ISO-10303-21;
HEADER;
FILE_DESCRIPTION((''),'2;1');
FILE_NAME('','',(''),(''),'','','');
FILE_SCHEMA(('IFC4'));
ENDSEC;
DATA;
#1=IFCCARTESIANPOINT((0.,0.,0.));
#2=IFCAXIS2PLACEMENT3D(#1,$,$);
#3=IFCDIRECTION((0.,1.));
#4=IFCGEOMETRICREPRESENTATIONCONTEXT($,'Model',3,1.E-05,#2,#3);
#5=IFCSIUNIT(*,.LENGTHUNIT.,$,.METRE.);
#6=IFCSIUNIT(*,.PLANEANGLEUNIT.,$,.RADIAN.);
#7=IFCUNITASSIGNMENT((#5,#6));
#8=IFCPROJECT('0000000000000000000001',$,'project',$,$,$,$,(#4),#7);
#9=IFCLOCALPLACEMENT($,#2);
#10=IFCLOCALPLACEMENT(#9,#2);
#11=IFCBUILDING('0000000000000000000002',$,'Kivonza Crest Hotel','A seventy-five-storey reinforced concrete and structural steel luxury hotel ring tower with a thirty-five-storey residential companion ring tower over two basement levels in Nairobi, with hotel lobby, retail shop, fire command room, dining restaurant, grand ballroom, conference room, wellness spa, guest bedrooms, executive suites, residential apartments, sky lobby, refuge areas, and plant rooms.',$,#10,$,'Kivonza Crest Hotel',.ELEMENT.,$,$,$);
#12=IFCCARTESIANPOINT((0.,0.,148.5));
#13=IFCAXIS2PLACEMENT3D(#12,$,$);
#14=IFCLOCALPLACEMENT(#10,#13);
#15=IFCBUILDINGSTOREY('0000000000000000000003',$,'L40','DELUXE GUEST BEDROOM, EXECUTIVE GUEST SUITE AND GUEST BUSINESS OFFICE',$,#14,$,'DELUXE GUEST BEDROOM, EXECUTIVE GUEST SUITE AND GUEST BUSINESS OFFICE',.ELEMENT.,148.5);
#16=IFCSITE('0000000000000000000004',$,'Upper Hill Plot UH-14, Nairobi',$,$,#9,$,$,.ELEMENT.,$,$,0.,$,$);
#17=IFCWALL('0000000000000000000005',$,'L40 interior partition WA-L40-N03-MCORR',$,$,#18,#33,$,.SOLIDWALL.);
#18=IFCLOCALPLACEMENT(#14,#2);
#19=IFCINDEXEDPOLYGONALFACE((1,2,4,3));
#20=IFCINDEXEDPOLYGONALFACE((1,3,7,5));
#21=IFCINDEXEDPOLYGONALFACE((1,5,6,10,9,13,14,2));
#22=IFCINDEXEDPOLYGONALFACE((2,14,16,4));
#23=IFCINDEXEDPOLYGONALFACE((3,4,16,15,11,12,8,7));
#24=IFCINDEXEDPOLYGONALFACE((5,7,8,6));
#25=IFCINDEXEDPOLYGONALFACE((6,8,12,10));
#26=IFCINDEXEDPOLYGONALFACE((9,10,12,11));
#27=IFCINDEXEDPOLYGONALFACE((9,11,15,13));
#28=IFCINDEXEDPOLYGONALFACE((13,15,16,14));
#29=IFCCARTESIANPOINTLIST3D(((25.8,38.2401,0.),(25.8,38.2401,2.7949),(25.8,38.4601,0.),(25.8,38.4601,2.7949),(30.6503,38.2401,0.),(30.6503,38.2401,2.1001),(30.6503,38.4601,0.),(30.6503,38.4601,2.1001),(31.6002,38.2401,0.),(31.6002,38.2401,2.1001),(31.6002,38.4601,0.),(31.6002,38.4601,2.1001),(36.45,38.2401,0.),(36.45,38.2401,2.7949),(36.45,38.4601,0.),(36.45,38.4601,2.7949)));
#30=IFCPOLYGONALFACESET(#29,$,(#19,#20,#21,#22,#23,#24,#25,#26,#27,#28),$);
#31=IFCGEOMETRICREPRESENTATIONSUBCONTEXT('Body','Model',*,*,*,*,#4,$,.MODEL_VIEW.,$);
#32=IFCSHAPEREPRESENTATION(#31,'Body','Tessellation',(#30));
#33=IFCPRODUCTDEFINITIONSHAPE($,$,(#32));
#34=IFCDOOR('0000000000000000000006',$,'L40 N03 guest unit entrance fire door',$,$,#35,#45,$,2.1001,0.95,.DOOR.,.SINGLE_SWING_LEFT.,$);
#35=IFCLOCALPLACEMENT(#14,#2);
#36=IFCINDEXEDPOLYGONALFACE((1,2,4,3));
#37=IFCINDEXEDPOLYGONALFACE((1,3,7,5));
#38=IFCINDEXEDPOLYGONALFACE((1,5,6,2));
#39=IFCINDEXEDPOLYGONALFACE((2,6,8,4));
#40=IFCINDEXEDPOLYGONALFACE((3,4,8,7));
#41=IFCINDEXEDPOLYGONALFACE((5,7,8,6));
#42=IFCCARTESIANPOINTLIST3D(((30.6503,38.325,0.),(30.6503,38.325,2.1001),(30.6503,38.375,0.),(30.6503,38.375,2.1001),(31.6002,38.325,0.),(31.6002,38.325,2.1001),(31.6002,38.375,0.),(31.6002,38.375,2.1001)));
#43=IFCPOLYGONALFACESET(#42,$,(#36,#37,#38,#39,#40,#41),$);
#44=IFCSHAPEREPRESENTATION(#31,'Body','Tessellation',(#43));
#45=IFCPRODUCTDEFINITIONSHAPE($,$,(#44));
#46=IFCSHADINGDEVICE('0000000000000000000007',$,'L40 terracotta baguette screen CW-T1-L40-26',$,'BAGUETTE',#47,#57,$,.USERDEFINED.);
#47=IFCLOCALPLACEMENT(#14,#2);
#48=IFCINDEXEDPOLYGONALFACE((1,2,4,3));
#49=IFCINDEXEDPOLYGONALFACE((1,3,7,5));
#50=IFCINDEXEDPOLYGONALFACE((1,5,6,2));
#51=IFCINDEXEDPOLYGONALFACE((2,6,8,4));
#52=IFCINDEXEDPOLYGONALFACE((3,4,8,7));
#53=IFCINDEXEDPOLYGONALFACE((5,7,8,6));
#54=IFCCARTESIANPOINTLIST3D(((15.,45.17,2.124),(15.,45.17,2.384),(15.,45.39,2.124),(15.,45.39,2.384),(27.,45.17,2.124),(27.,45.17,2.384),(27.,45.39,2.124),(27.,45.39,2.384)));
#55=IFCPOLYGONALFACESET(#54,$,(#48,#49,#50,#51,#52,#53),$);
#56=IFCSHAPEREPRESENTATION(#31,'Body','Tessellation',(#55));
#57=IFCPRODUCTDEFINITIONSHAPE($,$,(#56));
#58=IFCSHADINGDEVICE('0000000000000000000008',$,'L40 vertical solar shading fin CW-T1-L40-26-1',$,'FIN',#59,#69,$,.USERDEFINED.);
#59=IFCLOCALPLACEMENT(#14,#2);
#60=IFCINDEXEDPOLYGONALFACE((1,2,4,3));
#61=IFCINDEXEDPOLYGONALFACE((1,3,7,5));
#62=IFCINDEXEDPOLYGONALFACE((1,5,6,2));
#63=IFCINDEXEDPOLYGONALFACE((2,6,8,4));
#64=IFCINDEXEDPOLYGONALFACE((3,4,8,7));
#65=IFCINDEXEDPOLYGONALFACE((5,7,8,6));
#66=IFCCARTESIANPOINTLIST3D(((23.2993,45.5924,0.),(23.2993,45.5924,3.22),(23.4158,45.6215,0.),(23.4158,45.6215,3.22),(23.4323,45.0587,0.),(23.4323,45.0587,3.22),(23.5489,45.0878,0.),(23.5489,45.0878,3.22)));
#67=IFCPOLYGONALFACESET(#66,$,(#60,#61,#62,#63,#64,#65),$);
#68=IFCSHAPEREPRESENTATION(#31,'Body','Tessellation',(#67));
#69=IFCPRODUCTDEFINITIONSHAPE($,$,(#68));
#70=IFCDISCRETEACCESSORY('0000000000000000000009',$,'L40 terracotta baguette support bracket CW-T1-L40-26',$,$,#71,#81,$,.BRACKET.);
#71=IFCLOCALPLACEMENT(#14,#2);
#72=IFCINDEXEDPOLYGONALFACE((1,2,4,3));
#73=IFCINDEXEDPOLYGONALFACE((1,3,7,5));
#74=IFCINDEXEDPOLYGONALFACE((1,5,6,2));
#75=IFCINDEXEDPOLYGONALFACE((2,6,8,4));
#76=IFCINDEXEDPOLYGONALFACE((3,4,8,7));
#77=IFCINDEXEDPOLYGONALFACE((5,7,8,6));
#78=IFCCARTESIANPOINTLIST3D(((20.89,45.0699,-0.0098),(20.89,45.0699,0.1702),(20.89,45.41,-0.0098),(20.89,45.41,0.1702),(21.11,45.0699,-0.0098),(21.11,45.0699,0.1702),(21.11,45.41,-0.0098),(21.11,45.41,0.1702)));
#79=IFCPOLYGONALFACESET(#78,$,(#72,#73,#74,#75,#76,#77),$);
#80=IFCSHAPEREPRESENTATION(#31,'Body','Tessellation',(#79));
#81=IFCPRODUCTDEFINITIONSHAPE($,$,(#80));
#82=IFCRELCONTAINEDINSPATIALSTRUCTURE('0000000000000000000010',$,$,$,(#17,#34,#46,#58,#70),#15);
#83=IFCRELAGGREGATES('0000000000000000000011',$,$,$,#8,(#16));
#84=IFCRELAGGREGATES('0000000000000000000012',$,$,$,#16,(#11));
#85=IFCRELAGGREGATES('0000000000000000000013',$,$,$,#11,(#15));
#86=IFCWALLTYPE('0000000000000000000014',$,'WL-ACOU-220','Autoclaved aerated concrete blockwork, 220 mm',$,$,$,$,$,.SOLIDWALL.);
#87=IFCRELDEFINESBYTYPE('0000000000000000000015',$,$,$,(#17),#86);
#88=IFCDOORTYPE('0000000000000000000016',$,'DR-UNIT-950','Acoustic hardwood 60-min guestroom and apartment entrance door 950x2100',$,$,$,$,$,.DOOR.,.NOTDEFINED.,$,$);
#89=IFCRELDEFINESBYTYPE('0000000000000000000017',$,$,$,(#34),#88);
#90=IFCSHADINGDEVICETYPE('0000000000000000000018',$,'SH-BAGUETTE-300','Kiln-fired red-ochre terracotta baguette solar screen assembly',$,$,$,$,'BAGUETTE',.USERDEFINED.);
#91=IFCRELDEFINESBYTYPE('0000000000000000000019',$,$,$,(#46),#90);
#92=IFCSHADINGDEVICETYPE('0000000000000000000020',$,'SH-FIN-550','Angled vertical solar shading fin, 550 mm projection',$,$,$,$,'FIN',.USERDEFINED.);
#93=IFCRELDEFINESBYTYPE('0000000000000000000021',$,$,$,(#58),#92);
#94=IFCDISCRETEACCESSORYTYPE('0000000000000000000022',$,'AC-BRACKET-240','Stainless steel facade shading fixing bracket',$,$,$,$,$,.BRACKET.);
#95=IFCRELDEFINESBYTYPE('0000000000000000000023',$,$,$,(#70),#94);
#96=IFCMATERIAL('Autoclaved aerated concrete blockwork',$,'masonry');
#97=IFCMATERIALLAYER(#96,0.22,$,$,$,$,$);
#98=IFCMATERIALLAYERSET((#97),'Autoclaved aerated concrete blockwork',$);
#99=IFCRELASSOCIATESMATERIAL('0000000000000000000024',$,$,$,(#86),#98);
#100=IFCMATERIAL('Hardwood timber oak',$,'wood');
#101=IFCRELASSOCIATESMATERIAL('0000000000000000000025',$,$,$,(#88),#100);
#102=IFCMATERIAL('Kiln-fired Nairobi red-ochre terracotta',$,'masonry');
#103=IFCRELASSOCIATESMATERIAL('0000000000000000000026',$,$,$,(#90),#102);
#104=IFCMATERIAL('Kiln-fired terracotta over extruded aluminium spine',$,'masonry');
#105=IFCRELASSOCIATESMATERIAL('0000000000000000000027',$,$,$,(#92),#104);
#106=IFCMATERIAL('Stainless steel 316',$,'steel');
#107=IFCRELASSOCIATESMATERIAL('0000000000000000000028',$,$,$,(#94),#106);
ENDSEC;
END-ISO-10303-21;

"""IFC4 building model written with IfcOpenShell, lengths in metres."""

from ifc_helpers import new_model, si_unit, direction, frame, frame_2d, origin, origin_2d, place, context, subcontext, project, spatial, rectangle, extrude, material, layer, layer_set, type_object, element, fill, save


model = new_model("IFC4")

# Units and contexts
model_context = context("Model", 3, precision=1e-05, world=origin(), true_north=direction((0.0, 1.0)))
body_context = subcontext(model_context, "Body", "Model", "MODEL_VIEW")
ifc_project = project(units=[si_unit("LENGTHUNIT", "METRE"), si_unit("PLANEANGLEUNIT", "RADIAN")], contexts=[model_context])

# Site, building, storey
site_placement = place(None, origin())
site = spatial("IfcSite", under=ifc_project, at=site_placement, Name="Upper Hill Plot UH-14, Nairobi", CompositionType="ELEMENT", RefElevation=0.0)
building_placement = place(site_placement, origin())
building = spatial("IfcBuilding", under=site, at=building_placement, Name="Kivonza Crest Hotel", Description="A seventy-five-storey reinforced concrete and structural steel luxury hotel ring tower with a thirty-five-storey residential companion ring tower over two basement levels in Nairobi, with hotel lobby, retail shop, fire command room, dining restaurant, grand ballroom, conference room, wellness spa, guest bedrooms, executive suites, residential apartments, sky lobby, refuge areas, and plant rooms.", LongName="Kivonza Crest Hotel", CompositionType="ELEMENT")
storey_placement = place(building_placement, frame((0.0, 0.0, 148.5)))
storey = spatial("IfcBuildingStorey", under=building, at=storey_placement, Name="L40", Description="DELUXE GUEST BEDROOM, EXECUTIVE GUEST SUITE AND GUEST BUSINESS OFFICE", LongName="DELUXE GUEST BEDROOM, EXECUTIVE GUEST SUITE AND GUEST BUSINESS OFFICE", CompositionType="ELEMENT", Elevation=148.5)

# Wall, opening, door
ifc_material_1 = material(Name="Autoclaved aerated concrete blockwork", Category="masonry")
ifc_layer_1 = layer(ifc_material_1, 0.22)
ifc_layer_set_1 = layer_set([ifc_layer_1], Name="Autoclaved aerated concrete blockwork")
wall_type_1 = type_object("IfcWallType", Name="WL-ACOU-220", Description="Autoclaved aerated concrete blockwork, 220 mm", PredefinedType="SOLIDWALL", material=ifc_layer_set_1)
wall_1_placement = place(storey_placement, frame((25.8, 38.3501, 0.0), z_axis=(0.0, 0.0, 1.0), x_axis=(1.0, 0.0, 0.0)))
wall_1 = element("IfcWall", 1, at=wall_1_placement, inside=storey, type_object=wall_type_1, Name="L40 interior partition WA-L40-N03-MCORR", PredefinedType="SOLIDWALL", context=body_context, shape_type="SweptSolid", body=[
    extrude(rectangle(XDim=10.6499, YDim=0.22, at=frame_2d((5.325, 0.0))), origin(), (0.0, 0.0, 1.0), 2.7949),
])
opening_placement = place(wall_1_placement, frame((4.8501, 0.0, 0.0)))
opening = element("IfcOpeningElement", 2, at=opening_placement, cuts=wall_1, PredefinedType="OPENING", context=body_context, shape_type="SweptSolid", body=[
    extrude(rectangle(XDim=0.95, YDim=2.1001, at=frame_2d((0.4751, 1.05))), frame((0.0, 0.1201, 0.0), z_axis=(0.0, -1.0, 0.0), x_axis=(1.0, 0.0, 0.0)), (0.0, 0.0, 1.0), 0.24),
])
ifc_material_2 = material(Name="Hardwood timber oak", Category="wood")
door_type = type_object("IfcDoorType", Name="DR-UNIT-950", Description="Acoustic hardwood 60-min guestroom and apartment entrance door 950x2100", OperationType="NOTDEFINED", PredefinedType="DOOR", material=ifc_material_2)
door_placement = place(opening_placement, origin())
door = element("IfcDoor", 3, at=door_placement, inside=storey, type_object=door_type, Name="L40 N03 guest unit entrance fire door", OperationType="SINGLE_SWING_LEFT", OverallHeight=2.1001, OverallWidth=0.95, PredefinedType="DOOR", context=body_context, shape_type="SweptSolid", body=[
    extrude(rectangle(XDim=0.95, YDim=2.1001, at=frame_2d((0.4751, 1.05))), frame((0.0, 0.0249, 0.0), z_axis=(0.0, -1.0, 0.0), x_axis=(1.0, 0.0, 0.0)), (0.0, 0.0, 1.0), 0.05),
])
fill(opening, door)

# Shading devices
ifc_material_3 = material(Name="Kiln-fired Nairobi red-ochre terracotta", Category="masonry")
shading_device_type_1 = type_object("IfcShadingDeviceType", Name="SH-BAGUETTE-300", Description="Kiln-fired red-ochre terracotta baguette solar screen assembly", ElementType="BAGUETTE", PredefinedType="USERDEFINED", material=ifc_material_3)
shading_device_1_placement = place(storey_placement, frame((21.0, 45.28, 2.124), z_axis=(0.0, 0.0, 1.0), x_axis=(-1.0, 0.0, 0.0)))
element("IfcShadingDevice", 4, at=shading_device_1_placement, inside=storey, type_object=shading_device_type_1, Name="L40 terracotta baguette screen CW-T1-L40-26", ObjectType="BAGUETTE", PredefinedType="USERDEFINED", context=body_context, shape_type="SweptSolid", body=[
    extrude(rectangle(XDim=12.0, YDim=0.22, at=origin_2d()), origin(), (0.0, 0.0, 1.0), 0.26),
])
ifc_material_4 = material(Name="Kiln-fired terracotta over extruded aluminium spine", Category="masonry")
shading_device_type_2 = type_object("IfcShadingDeviceType", Name="SH-FIN-550", Description="Angled vertical solar shading fin, 550 mm projection", ElementType="FIN", PredefinedType="USERDEFINED", material=ifc_material_4)
shading_device_2_placement = place(storey_placement, frame((23.4241, 45.3401, 0.0), z_axis=(0.0, 0.0, 1.0), x_axis=(-0.970296, -0.241922, 0.0)))
element("IfcShadingDevice", 5, at=shading_device_2_placement, inside=storey, type_object=shading_device_type_2, Name="L40 vertical solar shading fin CW-T1-L40-26-1", ObjectType="FIN", PredefinedType="USERDEFINED", context=body_context, shape_type="SweptSolid", body=[
    extrude(rectangle(XDim=0.1201, YDim=0.55, at=origin_2d()), origin(), (0.0, 0.0, 1.0), 3.22),
])

# Discrete accessory
ifc_material_5 = material(Name="Stainless steel 316", Category="steel")
discrete_accessory_type = type_object("IfcDiscreteAccessoryType", Name="AC-BRACKET-240", Description="Stainless steel facade shading fixing bracket", PredefinedType="BRACKET", material=ifc_material_5)
discrete_accessory_placement = place(storey_placement, frame((21.0, 45.24, -0.0098), z_axis=(0.0, 0.0, 1.0), x_axis=(-1.0, 0.0, 0.0)))
element("IfcDiscreteAccessory", 6, at=discrete_accessory_placement, inside=storey, type_object=discrete_accessory_type, Name="L40 terracotta baguette support bracket CW-T1-L40-26", PredefinedType="BRACKET", context=body_context, shape_type="SweptSolid", body=[
    extrude(rectangle(XDim=0.22, YDim=0.3401, at=origin_2d()), origin(), (0.0, 0.0, 1.0), 0.1799),
])

save(model, "model.ifc")
